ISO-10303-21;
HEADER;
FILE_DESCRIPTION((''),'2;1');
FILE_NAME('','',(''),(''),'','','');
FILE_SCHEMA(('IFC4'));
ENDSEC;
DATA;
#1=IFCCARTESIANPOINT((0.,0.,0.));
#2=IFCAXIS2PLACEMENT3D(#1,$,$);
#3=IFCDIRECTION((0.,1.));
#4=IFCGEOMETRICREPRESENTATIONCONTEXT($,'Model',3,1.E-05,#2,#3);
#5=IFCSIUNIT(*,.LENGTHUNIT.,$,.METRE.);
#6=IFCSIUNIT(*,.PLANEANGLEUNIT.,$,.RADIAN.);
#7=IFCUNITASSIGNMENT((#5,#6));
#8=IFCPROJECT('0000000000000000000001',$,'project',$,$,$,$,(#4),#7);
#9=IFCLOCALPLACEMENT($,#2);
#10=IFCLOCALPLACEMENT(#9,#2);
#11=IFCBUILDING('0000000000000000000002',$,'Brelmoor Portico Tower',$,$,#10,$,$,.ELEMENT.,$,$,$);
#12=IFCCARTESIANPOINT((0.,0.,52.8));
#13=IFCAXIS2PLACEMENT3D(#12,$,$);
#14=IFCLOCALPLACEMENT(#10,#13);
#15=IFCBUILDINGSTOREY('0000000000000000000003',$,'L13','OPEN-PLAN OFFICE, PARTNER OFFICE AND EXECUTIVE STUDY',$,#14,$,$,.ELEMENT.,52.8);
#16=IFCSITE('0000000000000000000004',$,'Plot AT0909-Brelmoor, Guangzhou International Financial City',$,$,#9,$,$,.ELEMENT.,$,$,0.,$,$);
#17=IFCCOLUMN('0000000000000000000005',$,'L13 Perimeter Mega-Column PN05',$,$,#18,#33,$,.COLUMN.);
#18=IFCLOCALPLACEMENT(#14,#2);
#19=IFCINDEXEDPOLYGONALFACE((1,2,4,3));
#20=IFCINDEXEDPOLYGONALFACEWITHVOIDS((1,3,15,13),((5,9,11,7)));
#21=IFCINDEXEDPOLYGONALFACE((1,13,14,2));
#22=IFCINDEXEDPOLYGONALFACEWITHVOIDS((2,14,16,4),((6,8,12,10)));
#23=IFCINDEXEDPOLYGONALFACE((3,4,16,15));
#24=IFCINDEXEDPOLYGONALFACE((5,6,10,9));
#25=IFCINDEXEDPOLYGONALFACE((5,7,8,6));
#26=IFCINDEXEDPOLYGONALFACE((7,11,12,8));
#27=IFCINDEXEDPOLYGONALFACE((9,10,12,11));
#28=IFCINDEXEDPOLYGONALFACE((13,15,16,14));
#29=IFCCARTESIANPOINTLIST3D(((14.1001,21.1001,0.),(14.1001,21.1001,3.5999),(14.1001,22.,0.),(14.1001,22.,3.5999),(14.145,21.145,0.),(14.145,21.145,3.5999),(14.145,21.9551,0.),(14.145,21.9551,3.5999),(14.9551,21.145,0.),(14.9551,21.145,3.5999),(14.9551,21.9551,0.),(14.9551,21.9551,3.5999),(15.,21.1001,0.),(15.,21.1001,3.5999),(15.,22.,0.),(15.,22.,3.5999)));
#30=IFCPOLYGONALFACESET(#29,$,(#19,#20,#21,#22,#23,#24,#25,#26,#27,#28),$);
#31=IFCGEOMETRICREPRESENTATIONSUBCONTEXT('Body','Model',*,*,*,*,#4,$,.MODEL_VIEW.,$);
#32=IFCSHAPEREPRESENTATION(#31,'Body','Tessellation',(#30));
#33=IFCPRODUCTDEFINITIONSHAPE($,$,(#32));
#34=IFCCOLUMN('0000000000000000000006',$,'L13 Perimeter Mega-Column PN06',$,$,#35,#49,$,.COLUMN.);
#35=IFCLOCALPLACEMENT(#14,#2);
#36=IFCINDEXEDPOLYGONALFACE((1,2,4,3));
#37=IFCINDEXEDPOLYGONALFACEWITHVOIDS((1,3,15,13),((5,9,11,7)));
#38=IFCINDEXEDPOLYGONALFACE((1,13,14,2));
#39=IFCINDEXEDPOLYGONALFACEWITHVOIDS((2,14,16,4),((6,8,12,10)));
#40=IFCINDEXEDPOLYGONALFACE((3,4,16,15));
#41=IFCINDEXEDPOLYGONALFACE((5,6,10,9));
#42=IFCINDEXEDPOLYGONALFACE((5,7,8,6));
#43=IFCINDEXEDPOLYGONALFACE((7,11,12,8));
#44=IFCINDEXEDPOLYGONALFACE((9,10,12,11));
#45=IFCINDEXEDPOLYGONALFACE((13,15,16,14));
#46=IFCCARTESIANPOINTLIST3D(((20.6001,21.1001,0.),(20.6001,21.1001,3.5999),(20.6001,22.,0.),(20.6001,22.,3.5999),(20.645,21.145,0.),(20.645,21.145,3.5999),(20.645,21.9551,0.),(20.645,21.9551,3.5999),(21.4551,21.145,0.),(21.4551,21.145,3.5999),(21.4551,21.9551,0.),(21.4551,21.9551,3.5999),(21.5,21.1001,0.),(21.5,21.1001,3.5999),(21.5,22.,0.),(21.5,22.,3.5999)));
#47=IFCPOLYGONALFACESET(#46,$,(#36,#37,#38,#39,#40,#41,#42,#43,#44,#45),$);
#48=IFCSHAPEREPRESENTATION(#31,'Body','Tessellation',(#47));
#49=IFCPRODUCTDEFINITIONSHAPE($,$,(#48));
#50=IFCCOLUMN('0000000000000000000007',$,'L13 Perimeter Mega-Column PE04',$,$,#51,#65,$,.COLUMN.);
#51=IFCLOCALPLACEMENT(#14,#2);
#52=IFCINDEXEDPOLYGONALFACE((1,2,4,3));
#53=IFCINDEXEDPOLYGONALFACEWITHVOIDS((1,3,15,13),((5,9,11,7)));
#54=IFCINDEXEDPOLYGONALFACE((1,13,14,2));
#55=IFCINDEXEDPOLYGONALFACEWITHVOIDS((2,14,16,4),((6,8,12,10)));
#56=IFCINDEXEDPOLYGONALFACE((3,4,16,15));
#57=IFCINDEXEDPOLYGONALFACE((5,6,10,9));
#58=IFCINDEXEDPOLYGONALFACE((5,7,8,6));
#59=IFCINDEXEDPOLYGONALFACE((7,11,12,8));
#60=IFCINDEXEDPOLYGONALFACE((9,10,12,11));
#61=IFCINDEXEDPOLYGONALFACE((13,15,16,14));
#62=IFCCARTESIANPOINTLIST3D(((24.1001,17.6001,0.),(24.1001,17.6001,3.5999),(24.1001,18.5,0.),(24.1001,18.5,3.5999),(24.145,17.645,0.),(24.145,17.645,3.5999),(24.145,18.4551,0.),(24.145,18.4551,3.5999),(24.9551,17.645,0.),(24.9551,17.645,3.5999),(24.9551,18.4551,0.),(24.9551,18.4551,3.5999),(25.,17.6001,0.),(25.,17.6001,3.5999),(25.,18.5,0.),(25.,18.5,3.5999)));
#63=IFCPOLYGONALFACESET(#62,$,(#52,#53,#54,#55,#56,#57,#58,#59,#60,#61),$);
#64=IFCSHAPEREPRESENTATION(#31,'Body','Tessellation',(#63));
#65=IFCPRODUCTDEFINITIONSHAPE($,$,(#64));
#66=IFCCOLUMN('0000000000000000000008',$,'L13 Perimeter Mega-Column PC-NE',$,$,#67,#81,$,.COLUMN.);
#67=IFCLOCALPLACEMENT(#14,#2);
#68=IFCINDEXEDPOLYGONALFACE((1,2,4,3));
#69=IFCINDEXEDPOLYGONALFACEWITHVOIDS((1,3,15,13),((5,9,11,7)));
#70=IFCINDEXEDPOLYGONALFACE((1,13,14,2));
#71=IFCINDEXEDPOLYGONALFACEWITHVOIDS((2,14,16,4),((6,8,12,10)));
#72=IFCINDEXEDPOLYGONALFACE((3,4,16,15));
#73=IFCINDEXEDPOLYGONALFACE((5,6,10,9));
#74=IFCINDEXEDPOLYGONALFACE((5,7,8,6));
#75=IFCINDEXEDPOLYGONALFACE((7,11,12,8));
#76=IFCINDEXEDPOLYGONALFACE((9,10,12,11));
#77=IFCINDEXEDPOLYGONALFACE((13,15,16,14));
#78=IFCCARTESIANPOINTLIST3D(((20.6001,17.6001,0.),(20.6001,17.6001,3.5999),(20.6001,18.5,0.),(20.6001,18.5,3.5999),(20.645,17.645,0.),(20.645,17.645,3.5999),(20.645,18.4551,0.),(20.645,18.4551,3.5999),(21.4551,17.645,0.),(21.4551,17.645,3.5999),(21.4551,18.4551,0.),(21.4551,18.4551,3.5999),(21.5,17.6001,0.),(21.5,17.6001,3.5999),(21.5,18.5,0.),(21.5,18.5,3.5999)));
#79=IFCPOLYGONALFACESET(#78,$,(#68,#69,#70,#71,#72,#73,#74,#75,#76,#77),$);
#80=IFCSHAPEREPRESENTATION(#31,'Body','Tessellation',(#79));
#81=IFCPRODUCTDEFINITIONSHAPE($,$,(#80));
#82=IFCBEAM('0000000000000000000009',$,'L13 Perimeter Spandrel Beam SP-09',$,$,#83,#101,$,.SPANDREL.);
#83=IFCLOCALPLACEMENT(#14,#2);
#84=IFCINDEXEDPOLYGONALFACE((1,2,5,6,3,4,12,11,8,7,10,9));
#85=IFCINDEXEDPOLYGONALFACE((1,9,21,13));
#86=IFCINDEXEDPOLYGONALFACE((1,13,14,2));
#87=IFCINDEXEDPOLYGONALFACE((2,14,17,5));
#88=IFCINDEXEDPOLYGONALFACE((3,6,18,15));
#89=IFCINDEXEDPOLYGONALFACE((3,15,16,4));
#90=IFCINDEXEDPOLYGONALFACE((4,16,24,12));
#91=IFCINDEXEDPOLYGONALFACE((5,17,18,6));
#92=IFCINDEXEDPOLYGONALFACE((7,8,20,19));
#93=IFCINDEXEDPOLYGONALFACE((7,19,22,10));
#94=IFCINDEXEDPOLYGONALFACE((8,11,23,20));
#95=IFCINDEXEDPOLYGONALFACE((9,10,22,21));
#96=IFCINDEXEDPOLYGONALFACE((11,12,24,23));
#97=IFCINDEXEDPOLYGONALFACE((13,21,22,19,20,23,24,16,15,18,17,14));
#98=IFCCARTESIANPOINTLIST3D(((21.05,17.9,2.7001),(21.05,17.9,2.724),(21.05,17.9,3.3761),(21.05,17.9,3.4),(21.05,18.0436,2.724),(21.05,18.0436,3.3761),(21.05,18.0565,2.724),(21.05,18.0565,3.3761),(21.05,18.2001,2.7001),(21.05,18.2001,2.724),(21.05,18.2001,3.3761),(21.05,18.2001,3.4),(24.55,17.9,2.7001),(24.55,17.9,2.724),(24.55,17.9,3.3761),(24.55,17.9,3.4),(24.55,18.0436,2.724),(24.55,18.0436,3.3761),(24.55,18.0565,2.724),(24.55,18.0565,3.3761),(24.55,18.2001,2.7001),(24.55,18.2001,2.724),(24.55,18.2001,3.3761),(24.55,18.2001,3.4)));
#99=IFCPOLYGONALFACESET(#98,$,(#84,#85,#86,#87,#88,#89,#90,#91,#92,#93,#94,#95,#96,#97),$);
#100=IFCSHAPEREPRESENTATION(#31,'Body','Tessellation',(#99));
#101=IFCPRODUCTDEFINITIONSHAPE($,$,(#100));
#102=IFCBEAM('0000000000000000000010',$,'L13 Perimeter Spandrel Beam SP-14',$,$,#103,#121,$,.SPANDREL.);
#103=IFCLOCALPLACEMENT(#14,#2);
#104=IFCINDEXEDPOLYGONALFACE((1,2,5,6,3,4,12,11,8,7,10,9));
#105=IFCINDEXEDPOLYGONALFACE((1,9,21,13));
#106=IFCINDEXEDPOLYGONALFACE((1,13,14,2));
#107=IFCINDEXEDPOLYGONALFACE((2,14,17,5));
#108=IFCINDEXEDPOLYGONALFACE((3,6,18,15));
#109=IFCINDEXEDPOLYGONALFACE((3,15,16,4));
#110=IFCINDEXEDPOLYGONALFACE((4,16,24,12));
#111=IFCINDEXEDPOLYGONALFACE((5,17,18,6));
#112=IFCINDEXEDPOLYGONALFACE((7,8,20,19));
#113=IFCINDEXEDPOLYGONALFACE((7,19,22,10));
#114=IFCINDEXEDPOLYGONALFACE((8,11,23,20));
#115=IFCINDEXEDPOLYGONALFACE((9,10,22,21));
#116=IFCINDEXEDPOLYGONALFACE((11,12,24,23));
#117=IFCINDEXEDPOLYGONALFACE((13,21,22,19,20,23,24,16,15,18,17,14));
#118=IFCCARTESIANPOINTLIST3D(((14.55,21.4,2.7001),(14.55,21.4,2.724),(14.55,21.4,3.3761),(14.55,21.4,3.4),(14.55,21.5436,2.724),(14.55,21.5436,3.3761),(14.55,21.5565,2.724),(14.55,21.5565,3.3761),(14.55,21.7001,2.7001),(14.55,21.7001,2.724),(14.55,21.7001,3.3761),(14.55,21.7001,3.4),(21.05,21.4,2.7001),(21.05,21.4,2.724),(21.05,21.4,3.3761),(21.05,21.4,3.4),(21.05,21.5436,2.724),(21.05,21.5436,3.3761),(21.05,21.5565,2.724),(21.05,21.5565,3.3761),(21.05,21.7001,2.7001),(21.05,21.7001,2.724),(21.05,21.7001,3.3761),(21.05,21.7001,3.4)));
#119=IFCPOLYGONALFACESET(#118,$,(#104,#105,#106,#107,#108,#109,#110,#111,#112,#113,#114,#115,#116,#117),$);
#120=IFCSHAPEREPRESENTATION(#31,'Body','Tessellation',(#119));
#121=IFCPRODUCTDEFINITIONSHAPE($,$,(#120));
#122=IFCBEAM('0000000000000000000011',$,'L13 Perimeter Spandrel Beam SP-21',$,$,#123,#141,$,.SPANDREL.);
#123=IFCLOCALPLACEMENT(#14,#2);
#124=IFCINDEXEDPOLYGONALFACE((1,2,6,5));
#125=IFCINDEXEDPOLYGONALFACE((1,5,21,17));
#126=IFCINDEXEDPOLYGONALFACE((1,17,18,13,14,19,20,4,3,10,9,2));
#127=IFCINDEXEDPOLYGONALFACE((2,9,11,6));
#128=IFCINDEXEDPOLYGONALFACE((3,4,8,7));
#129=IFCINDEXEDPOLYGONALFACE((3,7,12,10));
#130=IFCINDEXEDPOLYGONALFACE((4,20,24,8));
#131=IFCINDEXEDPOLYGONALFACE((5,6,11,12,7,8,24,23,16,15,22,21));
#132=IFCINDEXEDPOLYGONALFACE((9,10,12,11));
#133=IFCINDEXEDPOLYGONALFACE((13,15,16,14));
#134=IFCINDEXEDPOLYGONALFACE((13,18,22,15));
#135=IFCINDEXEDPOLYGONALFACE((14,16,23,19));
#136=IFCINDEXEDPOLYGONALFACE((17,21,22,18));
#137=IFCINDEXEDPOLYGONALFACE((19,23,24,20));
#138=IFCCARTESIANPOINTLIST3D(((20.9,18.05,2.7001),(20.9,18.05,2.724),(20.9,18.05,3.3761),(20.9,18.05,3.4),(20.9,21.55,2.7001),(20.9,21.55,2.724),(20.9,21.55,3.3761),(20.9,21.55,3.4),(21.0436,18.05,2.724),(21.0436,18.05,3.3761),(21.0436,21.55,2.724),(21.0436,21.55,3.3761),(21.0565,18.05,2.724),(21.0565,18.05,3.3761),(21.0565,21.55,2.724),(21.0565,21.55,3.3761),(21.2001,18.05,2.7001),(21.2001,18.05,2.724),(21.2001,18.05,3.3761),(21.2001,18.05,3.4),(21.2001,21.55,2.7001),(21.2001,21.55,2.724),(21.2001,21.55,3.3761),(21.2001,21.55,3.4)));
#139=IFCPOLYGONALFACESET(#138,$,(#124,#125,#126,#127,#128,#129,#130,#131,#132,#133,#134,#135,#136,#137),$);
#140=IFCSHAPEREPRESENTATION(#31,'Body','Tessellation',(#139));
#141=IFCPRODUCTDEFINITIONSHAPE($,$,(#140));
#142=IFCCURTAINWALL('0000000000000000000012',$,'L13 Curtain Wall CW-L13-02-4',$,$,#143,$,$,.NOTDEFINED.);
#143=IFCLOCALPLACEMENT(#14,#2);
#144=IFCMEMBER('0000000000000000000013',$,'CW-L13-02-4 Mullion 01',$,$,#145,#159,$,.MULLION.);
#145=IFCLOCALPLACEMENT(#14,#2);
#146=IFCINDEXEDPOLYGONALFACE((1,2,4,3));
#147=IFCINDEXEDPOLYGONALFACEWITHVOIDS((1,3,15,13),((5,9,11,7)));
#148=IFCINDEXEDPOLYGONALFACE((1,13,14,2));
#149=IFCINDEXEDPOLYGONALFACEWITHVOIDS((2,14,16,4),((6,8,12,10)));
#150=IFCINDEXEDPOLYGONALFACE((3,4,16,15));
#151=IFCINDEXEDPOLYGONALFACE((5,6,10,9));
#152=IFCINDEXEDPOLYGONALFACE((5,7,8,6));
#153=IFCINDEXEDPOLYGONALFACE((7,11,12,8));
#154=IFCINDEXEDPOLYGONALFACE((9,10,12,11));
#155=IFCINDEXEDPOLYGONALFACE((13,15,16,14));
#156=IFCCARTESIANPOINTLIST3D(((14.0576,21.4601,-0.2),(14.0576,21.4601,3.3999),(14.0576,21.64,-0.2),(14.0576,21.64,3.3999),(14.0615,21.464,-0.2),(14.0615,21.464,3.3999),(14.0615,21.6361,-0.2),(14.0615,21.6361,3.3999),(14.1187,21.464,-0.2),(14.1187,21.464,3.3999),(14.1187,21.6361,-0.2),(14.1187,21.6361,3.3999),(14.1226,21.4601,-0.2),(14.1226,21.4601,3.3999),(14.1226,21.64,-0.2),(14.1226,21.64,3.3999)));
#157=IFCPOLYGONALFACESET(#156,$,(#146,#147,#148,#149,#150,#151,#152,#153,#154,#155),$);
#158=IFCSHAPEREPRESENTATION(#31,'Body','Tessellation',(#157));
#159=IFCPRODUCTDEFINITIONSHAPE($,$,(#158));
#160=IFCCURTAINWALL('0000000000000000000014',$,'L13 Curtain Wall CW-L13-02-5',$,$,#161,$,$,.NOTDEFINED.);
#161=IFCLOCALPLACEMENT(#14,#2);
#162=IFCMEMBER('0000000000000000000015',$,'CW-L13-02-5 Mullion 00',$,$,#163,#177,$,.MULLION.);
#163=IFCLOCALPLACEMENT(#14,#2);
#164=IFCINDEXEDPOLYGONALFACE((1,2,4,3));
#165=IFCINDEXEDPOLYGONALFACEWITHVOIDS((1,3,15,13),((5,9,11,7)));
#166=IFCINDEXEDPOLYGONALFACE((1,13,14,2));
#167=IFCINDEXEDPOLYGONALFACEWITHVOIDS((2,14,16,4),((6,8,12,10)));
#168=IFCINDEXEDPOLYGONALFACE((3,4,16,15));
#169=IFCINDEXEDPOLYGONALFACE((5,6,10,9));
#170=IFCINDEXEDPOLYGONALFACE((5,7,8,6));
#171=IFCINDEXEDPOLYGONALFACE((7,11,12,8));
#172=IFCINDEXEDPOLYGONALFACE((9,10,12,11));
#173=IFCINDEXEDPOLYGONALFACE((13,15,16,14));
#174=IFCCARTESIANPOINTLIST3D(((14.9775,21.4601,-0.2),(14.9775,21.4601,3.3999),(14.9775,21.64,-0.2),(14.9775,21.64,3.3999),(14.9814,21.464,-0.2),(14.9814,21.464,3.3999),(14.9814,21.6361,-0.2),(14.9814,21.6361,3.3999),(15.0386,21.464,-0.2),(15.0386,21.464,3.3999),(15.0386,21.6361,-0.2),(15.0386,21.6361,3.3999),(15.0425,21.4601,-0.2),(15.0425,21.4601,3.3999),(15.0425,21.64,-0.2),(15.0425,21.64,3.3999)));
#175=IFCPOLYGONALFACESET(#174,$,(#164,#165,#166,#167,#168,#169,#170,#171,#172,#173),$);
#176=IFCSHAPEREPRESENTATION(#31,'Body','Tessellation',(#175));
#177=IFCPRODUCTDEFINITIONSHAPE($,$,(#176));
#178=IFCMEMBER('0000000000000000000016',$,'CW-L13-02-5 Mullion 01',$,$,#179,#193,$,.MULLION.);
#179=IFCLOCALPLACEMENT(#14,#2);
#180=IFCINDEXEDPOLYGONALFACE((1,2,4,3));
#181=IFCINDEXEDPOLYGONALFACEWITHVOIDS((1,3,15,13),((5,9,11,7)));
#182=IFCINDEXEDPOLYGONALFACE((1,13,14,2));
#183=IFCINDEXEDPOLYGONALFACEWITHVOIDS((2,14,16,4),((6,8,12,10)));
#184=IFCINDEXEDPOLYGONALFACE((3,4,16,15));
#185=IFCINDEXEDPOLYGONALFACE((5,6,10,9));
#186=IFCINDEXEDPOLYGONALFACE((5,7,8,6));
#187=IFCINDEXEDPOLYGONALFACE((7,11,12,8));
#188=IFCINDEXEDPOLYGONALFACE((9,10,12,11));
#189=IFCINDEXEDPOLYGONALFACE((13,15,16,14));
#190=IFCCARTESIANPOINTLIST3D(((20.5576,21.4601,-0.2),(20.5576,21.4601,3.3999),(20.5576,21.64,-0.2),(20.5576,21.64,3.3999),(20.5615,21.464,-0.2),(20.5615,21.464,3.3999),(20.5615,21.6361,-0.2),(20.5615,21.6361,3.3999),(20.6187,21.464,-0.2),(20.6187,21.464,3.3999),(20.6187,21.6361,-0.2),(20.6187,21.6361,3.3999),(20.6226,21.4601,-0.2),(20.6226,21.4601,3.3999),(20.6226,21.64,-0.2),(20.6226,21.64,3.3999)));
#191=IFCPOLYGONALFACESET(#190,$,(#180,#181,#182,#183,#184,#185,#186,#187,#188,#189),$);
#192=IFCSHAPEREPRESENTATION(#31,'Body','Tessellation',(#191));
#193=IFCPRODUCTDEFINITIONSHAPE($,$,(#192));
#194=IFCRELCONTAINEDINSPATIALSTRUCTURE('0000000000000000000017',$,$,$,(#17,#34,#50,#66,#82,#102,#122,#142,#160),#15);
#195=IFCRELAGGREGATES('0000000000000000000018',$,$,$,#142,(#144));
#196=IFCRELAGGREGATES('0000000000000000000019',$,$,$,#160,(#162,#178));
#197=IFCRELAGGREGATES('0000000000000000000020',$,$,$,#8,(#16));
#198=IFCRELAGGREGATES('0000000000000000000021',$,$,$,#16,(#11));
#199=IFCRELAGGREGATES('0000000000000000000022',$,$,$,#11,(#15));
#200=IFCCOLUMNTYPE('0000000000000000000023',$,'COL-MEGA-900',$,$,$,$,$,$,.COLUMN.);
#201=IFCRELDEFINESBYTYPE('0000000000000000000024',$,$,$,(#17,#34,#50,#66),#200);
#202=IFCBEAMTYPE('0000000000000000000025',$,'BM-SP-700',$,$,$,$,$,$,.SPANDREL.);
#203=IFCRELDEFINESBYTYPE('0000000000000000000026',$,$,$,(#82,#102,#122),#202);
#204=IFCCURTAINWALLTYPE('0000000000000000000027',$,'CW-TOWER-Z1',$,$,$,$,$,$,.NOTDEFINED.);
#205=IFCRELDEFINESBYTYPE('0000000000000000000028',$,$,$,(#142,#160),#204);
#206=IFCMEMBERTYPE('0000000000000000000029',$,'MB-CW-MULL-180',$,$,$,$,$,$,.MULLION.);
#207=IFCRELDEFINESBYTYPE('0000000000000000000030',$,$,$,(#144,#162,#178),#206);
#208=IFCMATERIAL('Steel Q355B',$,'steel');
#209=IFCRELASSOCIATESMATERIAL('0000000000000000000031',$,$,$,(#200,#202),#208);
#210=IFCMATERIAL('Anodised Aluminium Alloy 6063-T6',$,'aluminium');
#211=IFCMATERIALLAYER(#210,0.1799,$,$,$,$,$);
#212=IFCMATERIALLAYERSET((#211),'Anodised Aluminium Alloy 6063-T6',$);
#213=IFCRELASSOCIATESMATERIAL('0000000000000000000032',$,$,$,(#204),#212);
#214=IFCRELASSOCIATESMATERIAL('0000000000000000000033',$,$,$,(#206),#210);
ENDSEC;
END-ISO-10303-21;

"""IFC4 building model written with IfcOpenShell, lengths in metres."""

from ifc_helpers import new_model, si_unit, direction, frame, origin, origin_2d, place, context, subcontext, project, spatial, hollow_rectangle, i_section, extrude, material, layer, layer_set, material_profile, profile_set, type_object, element, aggregate, save


model = new_model("IFC4")

# Units and contexts
model_context = context("Model", 3, precision=1e-05, world=origin(), true_north=direction((0.0, 1.0)))
body_context = subcontext(model_context, "Body", "Model", "MODEL_VIEW")
ifc_project = project(units=[si_unit("LENGTHUNIT", "METRE"), si_unit("PLANEANGLEUNIT", "RADIAN")], contexts=[model_context])

# Site, building, storey
site_placement = place(None, origin())
site = spatial("IfcSite", under=ifc_project, at=site_placement, Name="Plot AT0909-Brelmoor, Guangzhou International Financial City", CompositionType="ELEMENT", RefElevation=0.0)
building_placement = place(site_placement, origin())
building = spatial("IfcBuilding", under=site, at=building_placement, Name="Brelmoor Portico Tower", CompositionType="ELEMENT")
storey_placement = place(building_placement, frame((0.0, 0.0, 52.8)))
storey = spatial("IfcBuildingStorey", under=building, at=storey_placement, Name="L13", Description="OPEN-PLAN OFFICE, PARTNER OFFICE AND EXECUTIVE STUDY", CompositionType="ELEMENT", Elevation=52.8)

# Columns
ifc_material_1 = material(Name="Steel Q355B", Category="steel")
ifc_material_profile_1 = material_profile(ifc_material_1, hollow_rectangle(XDim=0.8999, YDim=0.8999, WallThickness=0.0449, at=origin_2d()), Name="BOX 900x900x45")
ifc_profile_set_1 = profile_set([ifc_material_profile_1], Name="Steel Q355B")
column_type = type_object("IfcColumnType", Name="COL-MEGA-900", PredefinedType="COLUMN", material=ifc_profile_set_1)
for number, where, z_axis, x_axis, name in (
    (1, (14.55, 21.55, 0.0), (0.0, 0.0, 1.0), (1.0, 0.0, 0.0), "L13 Perimeter Mega-Column PN05"),
    (2, (21.05, 21.55, 0.0), (0.0, 0.0, 1.0), (1.0, 0.0, 0.0), "L13 Perimeter Mega-Column PN06"),
    (3, (24.55, 18.05, 0.0), (0.0, 0.0, 1.0), (0.0, 1.0, 0.0), "L13 Perimeter Mega-Column PE04"),
    (4, (21.05, 18.05, 0.0), (0.0, 0.0, 1.0), (1.0, 0.0, 0.0), "L13 Perimeter Mega-Column PC-NE"),
):
    element("IfcColumn", number, at=place(storey_placement, frame(where, z_axis=z_axis, x_axis=x_axis)), inside=storey, type_object=column_type, Name=name, PredefinedType="COLUMN", context=body_context, shape_type="SweptSolid", body=[
        extrude(hollow_rectangle(XDim=0.8999, YDim=0.8999, WallThickness=0.0449, at=origin_2d()), origin(), (0.0, 0.0, 1.0), 3.5999),
    ])

# Beams
ifc_material_profile_2 = material_profile(ifc_material_1, i_section(OverallWidth=0.3, OverallDepth=0.7, WebThickness=0.0129, FlangeThickness=0.0239, at=origin_2d()), Name="HN 700x300x13x24")
ifc_profile_set_2 = profile_set([ifc_material_profile_2], Name="Steel Q355B")
beam_type = type_object("IfcBeamType", Name="BM-SP-700", PredefinedType="SPANDREL", material=ifc_profile_set_2)
beam_1_placement = place(storey_placement, frame((21.05, 18.05, 3.05), z_axis=(1.0, 0.0, 0.0), x_axis=(0.0, 1.0, 0.0)))
element("IfcBeam", 5, at=beam_1_placement, inside=storey, type_object=beam_type, Name="L13 Perimeter Spandrel Beam SP-09", PredefinedType="SPANDREL", context=body_context, shape_type="SweptSolid", body=[
    extrude(i_section(OverallWidth=0.3, OverallDepth=0.7, WebThickness=0.0129, FlangeThickness=0.0239, at=origin_2d()), origin(), (0.0, 0.0, 1.0), 3.5),
])
beam_2_placement = place(storey_placement, frame((14.55, 21.55, 3.05), z_axis=(1.0, 0.0, 0.0), x_axis=(0.0, 1.0, 0.0)))
element("IfcBeam", 6, at=beam_2_placement, inside=storey, type_object=beam_type, Name="L13 Perimeter Spandrel Beam SP-14", PredefinedType="SPANDREL", context=body_context, shape_type="SweptSolid", body=[
    extrude(i_section(OverallWidth=0.3, OverallDepth=0.7, WebThickness=0.0129, FlangeThickness=0.0239, at=origin_2d()), origin(), (0.0, 0.0, 1.0), 6.5),
])
beam_3_placement = place(storey_placement, frame((21.05, 18.05, 3.05), z_axis=(0.0, 1.0, 0.0), x_axis=(-1.0, 0.0, 0.0)))
element("IfcBeam", 7, at=beam_3_placement, inside=storey, type_object=beam_type, Name="L13 Perimeter Spandrel Beam SP-21", PredefinedType="SPANDREL", context=body_context, shape_type="SweptSolid", body=[
    extrude(i_section(OverallWidth=0.3, OverallDepth=0.7, WebThickness=0.0129, FlangeThickness=0.0239, at=origin_2d()), origin(), (0.0, 0.0, 1.0), 3.5),
])

# Curtain wall, member
ifc_material_2 = material(Name="Anodised Aluminium Alloy 6063-T6", Category="aluminium")
ifc_layer_1 = layer(ifc_material_2, 0.1799)
ifc_layer_set_1 = layer_set([ifc_layer_1], Name="Anodised Aluminium Alloy 6063-T6")
curtain_wall_type = type_object("IfcCurtainWallType", Name="CW-TOWER-Z1", PredefinedType="NOTDEFINED", material=ifc_layer_set_1)
curtain_wall_1_placement = place(storey_placement, origin())
curtain_wall_1 = element("IfcCurtainWall", 8, at=curtain_wall_1_placement, inside=storey, type_object=curtain_wall_type, Name="L13 Curtain Wall CW-L13-02-4", PredefinedType="NOTDEFINED")
ifc_material_profile_3 = material_profile(ifc_material_2, hollow_rectangle(XDim=0.0649, YDim=0.1799, WallThickness=0.0039, at=origin_2d()), Name="ALU MULLION 65x180")
ifc_profile_set_3 = profile_set([ifc_material_profile_3], Name="Anodised Aluminium Alloy 6063-T6")
member_type_1 = type_object("IfcMemberType", Name="MB-CW-MULL-180", PredefinedType="MULLION", material=ifc_profile_set_3)
member_1_placement = place(storey_placement, frame((14.0901, 21.55, -0.2), z_axis=(0.0, 0.0, 1.0), x_axis=(1.0, 0.0, 0.0)))
member_1 = element("IfcMember", 9, at=member_1_placement, type_object=member_type_1, Name="CW-L13-02-4 Mullion 01", PredefinedType="MULLION", context=body_context, shape_type="SweptSolid", body=[
    extrude(hollow_rectangle(XDim=0.0649, YDim=0.1799, WallThickness=0.0039, at=origin_2d()), origin(), (0.0, 0.0, 1.0), 3.5999),
])
aggregate(curtain_wall_1, [member_1])

# Curtain wall, members
curtain_wall_2_placement = place(storey_placement, origin())
curtain_wall_2 = element("IfcCurtainWall", 10, at=curtain_wall_2_placement, inside=storey, type_object=curtain_wall_type, Name="L13 Curtain Wall CW-L13-02-5", PredefinedType="NOTDEFINED")
member_2_placement = place(storey_placement, frame((15.01, 21.55, -0.2), z_axis=(0.0, 0.0, 1.0), x_axis=(1.0, 0.0, 0.0)))
member_2 = element("IfcMember", 11, at=member_2_placement, type_object=member_type_1, Name="CW-L13-02-5 Mullion 00", PredefinedType="MULLION", context=body_context, shape_type="SweptSolid", body=[
    extrude(hollow_rectangle(XDim=0.0649, YDim=0.1799, WallThickness=0.0039, at=origin_2d()), origin(), (0.0, 0.0, 1.0), 3.5999),
])
member_3_placement = place(storey_placement, frame((20.5901, 21.55, -0.2), z_axis=(0.0, 0.0, 1.0), x_axis=(1.0, 0.0, 0.0)))
member_3 = element("IfcMember", 12, at=member_3_placement, type_object=member_type_1, Name="CW-L13-02-5 Mullion 01", PredefinedType="MULLION", context=body_context, shape_type="SweptSolid", body=[
    extrude(hollow_rectangle(XDim=0.0649, YDim=0.1799, WallThickness=0.0039, at=origin_2d()), origin(), (0.0, 0.0, 1.0), 3.5999),
])

aggregate(curtain_wall_2, [member_2, member_3])

save(model, "model.ifc")
